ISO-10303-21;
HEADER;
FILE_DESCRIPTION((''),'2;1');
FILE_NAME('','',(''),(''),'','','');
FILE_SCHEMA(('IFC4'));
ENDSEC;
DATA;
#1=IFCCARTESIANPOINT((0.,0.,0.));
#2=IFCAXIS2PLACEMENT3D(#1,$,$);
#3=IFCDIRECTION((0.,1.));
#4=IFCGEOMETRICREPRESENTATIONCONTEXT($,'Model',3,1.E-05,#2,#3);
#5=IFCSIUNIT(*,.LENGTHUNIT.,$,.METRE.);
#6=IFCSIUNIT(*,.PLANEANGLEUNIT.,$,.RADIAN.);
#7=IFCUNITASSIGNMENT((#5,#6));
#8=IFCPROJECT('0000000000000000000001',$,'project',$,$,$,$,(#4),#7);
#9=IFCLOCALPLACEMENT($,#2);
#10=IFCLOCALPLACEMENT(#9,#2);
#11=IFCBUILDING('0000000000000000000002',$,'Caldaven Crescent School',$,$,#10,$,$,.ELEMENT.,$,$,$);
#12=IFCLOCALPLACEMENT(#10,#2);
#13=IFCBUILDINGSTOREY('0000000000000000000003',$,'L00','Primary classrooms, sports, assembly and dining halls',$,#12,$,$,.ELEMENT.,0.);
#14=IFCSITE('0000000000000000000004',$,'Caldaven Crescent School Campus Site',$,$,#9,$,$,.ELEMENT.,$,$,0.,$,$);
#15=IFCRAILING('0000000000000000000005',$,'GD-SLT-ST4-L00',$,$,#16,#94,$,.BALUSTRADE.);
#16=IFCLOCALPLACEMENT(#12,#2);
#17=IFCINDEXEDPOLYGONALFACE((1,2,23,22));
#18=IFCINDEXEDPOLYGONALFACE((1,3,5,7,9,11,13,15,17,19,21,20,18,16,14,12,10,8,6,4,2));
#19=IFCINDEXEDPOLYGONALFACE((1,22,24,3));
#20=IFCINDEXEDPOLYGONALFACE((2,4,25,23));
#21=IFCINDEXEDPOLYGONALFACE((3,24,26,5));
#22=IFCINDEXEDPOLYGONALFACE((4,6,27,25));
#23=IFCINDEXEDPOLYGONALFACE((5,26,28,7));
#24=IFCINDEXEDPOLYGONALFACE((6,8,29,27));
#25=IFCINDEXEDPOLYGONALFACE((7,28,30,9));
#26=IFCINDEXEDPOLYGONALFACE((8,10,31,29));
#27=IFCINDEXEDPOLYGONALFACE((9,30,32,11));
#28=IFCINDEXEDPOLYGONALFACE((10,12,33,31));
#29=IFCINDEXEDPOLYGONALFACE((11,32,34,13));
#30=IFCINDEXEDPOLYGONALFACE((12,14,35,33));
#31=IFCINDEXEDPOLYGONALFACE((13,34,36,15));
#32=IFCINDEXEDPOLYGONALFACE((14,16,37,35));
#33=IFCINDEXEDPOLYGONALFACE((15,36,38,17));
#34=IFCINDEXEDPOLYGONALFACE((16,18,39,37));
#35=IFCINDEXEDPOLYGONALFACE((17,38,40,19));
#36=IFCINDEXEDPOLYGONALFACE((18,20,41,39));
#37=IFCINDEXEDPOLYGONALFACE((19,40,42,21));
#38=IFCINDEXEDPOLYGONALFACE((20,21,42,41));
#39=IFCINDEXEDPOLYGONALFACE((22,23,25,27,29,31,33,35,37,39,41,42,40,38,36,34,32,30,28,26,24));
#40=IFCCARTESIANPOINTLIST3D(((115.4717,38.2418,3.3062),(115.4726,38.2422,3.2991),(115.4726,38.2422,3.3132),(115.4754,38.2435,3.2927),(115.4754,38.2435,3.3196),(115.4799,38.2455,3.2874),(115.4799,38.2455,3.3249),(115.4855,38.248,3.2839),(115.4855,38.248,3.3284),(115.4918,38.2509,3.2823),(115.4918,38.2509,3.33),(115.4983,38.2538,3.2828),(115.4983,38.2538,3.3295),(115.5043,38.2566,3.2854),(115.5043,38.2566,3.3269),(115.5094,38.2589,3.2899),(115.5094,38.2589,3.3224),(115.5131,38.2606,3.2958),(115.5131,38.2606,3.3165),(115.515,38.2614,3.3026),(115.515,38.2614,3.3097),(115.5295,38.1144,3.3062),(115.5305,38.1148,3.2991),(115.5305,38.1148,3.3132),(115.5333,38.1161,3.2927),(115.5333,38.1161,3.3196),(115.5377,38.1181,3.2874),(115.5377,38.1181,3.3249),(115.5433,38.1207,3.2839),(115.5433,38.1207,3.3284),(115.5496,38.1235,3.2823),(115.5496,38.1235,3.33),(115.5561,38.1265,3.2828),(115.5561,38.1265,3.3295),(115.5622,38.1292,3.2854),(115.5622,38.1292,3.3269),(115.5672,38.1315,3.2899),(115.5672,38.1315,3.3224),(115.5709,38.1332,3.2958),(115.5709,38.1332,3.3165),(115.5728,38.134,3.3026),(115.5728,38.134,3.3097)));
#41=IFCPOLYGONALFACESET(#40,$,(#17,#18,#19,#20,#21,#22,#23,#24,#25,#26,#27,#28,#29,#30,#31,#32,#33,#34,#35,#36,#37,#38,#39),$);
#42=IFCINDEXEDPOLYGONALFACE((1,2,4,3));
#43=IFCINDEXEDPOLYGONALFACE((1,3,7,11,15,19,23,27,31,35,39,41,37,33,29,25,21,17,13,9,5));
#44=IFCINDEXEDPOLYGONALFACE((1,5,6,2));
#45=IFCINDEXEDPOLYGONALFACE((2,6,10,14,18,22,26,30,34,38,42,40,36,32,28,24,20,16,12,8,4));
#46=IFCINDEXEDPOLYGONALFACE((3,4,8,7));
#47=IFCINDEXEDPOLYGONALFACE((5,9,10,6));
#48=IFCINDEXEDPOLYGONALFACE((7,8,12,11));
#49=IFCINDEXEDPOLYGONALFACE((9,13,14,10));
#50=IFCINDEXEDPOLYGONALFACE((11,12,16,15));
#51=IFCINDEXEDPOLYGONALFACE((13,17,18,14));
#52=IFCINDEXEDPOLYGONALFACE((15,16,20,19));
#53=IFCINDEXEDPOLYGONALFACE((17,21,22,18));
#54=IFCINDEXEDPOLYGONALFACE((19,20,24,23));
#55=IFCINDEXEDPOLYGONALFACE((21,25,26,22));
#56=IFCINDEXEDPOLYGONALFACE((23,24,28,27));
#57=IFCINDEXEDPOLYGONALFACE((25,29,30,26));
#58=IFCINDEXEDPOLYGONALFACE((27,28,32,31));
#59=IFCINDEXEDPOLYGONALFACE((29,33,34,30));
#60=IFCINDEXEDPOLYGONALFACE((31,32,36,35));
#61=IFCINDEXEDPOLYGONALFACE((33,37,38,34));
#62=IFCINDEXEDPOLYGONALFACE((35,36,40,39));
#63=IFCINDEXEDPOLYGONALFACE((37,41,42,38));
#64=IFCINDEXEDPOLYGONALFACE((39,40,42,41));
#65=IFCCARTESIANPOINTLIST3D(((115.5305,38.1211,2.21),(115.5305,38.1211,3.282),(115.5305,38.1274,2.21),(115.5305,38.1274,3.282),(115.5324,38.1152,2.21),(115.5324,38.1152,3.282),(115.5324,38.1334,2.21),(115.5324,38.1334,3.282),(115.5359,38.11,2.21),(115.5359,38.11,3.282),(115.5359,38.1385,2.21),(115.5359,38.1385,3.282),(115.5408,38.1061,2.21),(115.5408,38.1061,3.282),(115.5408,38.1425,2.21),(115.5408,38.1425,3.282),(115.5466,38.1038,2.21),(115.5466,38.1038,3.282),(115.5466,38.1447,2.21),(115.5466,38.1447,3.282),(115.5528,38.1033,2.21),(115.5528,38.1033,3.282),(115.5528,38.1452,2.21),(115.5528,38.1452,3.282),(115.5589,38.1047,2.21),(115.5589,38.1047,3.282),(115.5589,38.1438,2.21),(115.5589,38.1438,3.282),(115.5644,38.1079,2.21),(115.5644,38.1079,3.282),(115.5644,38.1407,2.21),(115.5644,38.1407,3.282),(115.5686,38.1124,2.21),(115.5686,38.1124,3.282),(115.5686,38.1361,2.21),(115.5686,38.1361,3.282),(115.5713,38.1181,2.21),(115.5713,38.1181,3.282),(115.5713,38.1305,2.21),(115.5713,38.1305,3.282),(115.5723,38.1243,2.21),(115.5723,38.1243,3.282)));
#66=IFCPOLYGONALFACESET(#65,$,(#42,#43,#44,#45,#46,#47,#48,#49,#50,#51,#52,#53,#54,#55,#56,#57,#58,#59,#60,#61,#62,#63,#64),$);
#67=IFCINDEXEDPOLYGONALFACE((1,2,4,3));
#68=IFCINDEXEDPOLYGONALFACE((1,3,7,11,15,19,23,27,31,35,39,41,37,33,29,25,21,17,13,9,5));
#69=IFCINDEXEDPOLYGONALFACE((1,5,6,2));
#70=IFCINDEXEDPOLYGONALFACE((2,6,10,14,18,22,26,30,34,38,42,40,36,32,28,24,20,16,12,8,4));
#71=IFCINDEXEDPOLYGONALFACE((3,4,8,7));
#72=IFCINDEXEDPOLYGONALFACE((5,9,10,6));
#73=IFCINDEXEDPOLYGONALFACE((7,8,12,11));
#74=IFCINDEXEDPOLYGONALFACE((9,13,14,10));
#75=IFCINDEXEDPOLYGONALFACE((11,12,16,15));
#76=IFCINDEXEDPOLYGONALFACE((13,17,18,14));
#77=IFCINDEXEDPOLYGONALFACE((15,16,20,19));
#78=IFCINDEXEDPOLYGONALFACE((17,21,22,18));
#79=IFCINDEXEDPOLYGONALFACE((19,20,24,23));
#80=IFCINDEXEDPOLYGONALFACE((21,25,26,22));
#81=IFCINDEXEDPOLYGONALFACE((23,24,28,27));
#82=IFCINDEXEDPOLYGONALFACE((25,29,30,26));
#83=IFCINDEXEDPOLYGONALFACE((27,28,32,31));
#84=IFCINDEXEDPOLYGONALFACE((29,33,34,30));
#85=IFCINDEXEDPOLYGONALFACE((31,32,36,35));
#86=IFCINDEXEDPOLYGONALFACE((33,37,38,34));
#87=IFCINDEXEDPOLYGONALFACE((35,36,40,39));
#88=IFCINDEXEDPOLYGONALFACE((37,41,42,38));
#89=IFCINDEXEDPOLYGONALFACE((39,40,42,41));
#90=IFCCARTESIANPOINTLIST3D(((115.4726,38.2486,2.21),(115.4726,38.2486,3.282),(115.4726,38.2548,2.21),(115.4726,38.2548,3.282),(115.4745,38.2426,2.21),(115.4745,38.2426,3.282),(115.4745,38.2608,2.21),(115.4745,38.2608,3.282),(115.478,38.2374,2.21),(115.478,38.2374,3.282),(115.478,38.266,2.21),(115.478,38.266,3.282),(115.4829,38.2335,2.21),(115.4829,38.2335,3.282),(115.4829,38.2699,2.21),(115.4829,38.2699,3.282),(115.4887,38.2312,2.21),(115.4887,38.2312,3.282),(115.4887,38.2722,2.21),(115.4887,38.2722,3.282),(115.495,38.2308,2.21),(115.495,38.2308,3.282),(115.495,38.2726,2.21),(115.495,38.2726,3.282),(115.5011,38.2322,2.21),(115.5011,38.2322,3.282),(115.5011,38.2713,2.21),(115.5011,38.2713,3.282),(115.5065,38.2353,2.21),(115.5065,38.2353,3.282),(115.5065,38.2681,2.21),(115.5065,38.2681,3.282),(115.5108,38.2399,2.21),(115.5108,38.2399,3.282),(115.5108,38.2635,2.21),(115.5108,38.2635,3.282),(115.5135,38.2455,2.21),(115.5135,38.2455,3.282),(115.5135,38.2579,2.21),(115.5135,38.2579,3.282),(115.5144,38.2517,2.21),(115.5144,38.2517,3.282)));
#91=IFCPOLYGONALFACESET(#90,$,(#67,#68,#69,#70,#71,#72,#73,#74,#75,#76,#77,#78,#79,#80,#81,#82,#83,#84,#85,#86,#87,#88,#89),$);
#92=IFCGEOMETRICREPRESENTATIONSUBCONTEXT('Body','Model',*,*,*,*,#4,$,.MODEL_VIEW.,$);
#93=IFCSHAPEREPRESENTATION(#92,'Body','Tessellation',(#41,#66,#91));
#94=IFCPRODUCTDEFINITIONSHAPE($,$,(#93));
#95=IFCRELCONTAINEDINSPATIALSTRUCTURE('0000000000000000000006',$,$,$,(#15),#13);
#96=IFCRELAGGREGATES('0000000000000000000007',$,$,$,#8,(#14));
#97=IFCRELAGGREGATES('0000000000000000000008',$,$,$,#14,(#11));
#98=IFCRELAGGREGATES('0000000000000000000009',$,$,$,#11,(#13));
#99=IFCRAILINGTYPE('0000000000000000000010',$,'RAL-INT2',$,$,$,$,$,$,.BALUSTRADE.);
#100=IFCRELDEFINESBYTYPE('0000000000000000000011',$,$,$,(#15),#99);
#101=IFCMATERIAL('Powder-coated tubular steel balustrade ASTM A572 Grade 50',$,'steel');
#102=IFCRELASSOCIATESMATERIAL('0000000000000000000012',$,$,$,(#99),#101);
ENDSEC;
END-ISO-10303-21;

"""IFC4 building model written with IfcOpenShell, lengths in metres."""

from ifc_helpers import new_model, si_unit, direction, frame, origin, origin_2d, place, context, subcontext, project, spatial, circle, extrude, material, type_object, element, save


model = new_model("IFC4")

# Units and contexts
model_context = context("Model", 3, precision=1e-05, world=origin(), true_north=direction((0.0, 1.0)))
body_context = subcontext(model_context, "Body", "Model", "MODEL_VIEW")
ifc_project = project(units=[si_unit("LENGTHUNIT", "METRE"), si_unit("PLANEANGLEUNIT", "RADIAN")], contexts=[model_context])

# Site, building, storey
site_placement = place(None, origin())
site = spatial("IfcSite", under=ifc_project, at=site_placement, Name="Caldaven Crescent School Campus Site", CompositionType="ELEMENT", RefElevation=0.0)
building_placement = place(site_placement, origin())
building = spatial("IfcBuilding", under=site, at=building_placement, Name="Caldaven Crescent School", CompositionType="ELEMENT")
storey_placement = place(building_placement, origin())
storey = spatial("IfcBuildingStorey", under=building, at=storey_placement, Name="L00", Description="Primary classrooms, sports, assembly and dining halls", CompositionType="ELEMENT", Elevation=0.0)

# Railing
ifc_material_1 = material(Name="Powder-coated tubular steel balustrade ASTM A572 Grade 50", Category="steel")
railing_type_1 = type_object("IfcRailingType", Name="RAL-INT2", PredefinedType="BALUSTRADE", material=ifc_material_1)
railing_1_placement = place(storey_placement, frame((115.5513, 38.1243, 2.21)))
element("IfcRailing", 1, at=railing_1_placement, inside=storey, type_object=railing_type_1, Name="GD-SLT-ST4-L00", PredefinedType="BALUSTRADE", context=body_context, shape_type="SweptSolid", body=[
    extrude(circle(Radius=0.0239, at=origin_2d()), frame((0.0, 0.0, 1.0962), z_axis=(-0.413409, 0.910546, 0.0), x_axis=(-0.910546, -0.413409, 0.0)), (0.0, 0.0, 1.0), 0.1399),
    extrude(circle(Radius=0.021, at=origin_2d()), origin(), (0.0, 0.0, 1.0), 1.072),
    extrude(circle(Radius=0.021, at=origin_2d()), frame((-0.0579, 0.1274, 0.0)), (0.0, 0.0, 1.0), 1.072),
])

save(model, "model.ifc")
